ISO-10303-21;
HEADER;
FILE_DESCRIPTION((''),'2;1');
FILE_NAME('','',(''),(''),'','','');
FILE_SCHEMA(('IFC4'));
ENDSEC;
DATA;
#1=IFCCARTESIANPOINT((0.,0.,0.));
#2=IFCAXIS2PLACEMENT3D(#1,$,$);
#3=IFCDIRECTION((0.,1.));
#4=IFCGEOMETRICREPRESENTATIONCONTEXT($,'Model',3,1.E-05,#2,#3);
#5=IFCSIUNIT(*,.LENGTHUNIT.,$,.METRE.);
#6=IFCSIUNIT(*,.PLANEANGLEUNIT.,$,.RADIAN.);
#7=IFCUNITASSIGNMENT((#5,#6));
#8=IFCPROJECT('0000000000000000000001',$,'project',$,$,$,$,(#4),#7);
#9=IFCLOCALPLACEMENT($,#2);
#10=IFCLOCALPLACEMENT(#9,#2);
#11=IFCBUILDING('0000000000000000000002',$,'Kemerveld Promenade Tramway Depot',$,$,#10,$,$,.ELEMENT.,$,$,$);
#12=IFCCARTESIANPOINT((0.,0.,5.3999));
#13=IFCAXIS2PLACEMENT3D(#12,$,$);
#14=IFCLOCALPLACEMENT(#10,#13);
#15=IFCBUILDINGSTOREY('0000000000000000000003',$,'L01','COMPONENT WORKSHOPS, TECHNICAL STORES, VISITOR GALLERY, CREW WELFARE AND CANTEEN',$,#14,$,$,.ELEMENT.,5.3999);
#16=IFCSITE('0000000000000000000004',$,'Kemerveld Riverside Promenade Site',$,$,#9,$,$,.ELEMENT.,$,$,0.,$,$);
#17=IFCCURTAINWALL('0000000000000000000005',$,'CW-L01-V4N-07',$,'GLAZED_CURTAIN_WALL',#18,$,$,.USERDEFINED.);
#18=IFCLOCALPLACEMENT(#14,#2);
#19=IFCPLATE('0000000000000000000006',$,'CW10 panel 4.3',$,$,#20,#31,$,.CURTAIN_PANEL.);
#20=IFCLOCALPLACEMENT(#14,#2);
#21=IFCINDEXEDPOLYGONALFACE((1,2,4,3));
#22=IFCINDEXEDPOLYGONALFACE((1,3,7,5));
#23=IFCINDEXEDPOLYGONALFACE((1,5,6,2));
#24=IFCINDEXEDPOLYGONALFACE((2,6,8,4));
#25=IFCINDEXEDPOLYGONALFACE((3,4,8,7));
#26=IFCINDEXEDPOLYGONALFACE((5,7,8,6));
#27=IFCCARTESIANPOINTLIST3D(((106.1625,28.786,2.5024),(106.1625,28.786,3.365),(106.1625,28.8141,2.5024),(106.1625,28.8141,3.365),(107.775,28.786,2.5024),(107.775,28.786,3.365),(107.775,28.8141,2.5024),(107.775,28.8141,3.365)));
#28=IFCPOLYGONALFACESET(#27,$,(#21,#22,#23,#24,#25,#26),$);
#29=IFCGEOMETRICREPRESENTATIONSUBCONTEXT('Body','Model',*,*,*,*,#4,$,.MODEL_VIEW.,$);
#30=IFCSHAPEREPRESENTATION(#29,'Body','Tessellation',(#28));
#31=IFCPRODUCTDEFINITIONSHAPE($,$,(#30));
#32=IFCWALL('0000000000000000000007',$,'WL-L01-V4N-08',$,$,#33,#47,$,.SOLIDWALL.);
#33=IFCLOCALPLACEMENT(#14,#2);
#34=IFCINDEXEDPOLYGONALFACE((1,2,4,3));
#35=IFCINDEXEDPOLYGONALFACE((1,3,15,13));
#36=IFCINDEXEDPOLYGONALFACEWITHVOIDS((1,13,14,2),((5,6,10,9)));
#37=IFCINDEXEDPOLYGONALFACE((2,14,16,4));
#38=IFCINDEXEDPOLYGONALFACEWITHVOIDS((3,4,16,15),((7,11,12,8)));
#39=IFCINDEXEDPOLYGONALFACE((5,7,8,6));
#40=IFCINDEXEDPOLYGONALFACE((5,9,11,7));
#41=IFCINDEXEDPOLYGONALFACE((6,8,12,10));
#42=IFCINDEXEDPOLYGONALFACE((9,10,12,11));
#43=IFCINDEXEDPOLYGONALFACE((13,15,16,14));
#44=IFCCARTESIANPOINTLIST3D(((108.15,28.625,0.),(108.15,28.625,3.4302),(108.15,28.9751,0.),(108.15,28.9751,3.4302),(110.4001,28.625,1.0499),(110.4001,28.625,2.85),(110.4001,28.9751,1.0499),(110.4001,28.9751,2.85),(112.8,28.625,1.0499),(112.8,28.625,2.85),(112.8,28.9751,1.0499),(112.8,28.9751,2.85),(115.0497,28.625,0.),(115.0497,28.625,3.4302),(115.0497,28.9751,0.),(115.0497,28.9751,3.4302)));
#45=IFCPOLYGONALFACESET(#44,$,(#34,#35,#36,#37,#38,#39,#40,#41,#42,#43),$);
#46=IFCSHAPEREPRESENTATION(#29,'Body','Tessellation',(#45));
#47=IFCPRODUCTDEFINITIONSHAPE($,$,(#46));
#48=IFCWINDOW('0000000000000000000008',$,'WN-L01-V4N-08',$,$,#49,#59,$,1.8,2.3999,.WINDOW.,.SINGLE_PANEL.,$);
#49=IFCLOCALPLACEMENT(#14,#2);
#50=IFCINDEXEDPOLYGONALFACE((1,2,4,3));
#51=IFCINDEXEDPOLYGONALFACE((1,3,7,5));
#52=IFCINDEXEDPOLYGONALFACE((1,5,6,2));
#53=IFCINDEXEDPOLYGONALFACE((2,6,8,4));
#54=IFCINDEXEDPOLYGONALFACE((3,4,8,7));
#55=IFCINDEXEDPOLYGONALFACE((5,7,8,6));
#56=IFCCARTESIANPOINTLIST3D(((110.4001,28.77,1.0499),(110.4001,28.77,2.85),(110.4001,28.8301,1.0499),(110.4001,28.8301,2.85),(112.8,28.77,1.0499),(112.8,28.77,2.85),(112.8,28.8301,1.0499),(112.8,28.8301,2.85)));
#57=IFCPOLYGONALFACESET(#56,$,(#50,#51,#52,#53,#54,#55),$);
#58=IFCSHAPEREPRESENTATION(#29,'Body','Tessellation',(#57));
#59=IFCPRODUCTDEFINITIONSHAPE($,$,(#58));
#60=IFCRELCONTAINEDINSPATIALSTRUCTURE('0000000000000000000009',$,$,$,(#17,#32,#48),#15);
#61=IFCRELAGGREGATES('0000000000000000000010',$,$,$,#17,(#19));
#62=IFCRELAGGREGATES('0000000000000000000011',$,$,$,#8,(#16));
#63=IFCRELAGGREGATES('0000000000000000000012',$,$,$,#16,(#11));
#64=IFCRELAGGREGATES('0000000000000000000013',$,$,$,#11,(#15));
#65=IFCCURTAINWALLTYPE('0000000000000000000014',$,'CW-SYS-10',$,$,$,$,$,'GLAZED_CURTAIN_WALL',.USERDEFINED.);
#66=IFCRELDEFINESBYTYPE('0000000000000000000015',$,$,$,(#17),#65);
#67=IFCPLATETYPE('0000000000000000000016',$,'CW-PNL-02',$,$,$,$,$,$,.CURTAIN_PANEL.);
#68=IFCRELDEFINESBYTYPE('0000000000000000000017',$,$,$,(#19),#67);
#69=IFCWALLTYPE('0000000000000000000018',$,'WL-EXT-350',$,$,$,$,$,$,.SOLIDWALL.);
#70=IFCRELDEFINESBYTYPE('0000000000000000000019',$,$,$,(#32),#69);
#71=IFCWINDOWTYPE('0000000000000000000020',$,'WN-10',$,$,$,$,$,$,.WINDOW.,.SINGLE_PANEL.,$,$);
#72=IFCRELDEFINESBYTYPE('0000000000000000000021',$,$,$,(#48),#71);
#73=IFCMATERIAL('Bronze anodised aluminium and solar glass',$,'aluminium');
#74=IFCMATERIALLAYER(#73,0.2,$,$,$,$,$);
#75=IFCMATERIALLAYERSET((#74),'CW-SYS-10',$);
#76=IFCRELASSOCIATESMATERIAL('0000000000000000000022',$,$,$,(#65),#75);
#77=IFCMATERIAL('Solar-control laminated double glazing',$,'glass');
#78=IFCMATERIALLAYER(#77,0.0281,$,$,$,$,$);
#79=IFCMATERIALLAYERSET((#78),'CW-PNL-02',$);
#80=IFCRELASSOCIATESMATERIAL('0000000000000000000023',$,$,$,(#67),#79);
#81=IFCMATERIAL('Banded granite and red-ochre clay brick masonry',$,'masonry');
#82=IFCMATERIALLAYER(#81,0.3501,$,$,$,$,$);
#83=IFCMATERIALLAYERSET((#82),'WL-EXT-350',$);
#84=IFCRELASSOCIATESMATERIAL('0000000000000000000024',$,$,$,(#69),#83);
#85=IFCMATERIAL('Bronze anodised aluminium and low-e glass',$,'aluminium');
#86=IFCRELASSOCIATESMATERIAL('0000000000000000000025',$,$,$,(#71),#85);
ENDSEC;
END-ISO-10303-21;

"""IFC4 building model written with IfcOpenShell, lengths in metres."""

from ifc_helpers import new_model, si_unit, direction, frame, frame_2d, origin, origin_2d, place, context, subcontext, project, spatial, rectangle, extrude, material, layer, layer_set, type_object, element, fill, aggregate, save


model = new_model("IFC4")

# Units and contexts
model_context = context("Model", 3, precision=1e-05, world=origin(), true_north=direction((0.0, 1.0)))
body_context = subcontext(model_context, "Body", "Model", "MODEL_VIEW")
ifc_project = project(units=[si_unit("LENGTHUNIT", "METRE"), si_unit("PLANEANGLEUNIT", "RADIAN")], contexts=[model_context])

# Site, building, storey
site_placement = place(None, origin())
site = spatial("IfcSite", under=ifc_project, at=site_placement, Name="Kemerveld Riverside Promenade Site", CompositionType="ELEMENT", RefElevation=0.0)
building_placement = place(site_placement, origin())
building = spatial("IfcBuilding", under=site, at=building_placement, Name="Kemerveld Promenade Tramway Depot", CompositionType="ELEMENT")
storey_placement = place(building_placement, frame((0.0, 0.0, 5.3999)))
storey = spatial("IfcBuildingStorey", under=building, at=storey_placement, Name="L01", Description="COMPONENT WORKSHOPS, TECHNICAL STORES, VISITOR GALLERY, CREW WELFARE AND CANTEEN", CompositionType="ELEMENT", Elevation=5.3999)

# Curtain wall, plate
ifc_material_1 = material(Name="Bronze anodised aluminium and solar glass", Category="aluminium")
ifc_layer_1 = layer(ifc_material_1, 0.2)
ifc_layer_set_1 = layer_set([ifc_layer_1], Name="CW-SYS-10")
curtain_wall_type = type_object("IfcCurtainWallType", Name="CW-SYS-10", ElementType="GLAZED_CURTAIN_WALL", PredefinedType="USERDEFINED", material=ifc_layer_set_1)
curtain_wall_placement = place(storey_placement, origin())
curtain_wall = element("IfcCurtainWall", 1, at=curtain_wall_placement, inside=storey, type_object=curtain_wall_type, Name="CW-L01-V4N-07", ObjectType="GLAZED_CURTAIN_WALL", PredefinedType="USERDEFINED")
ifc_material_2 = material(Name="Solar-control laminated double glazing", Category="glass")
ifc_layer_2 = layer(ifc_material_2, 0.0281)
ifc_layer_set_2 = layer_set([ifc_layer_2], Name="CW-PNL-02")
plate_type = type_object("IfcPlateType", Name="CW-PNL-02", PredefinedType="CURTAIN_PANEL", material=ifc_layer_set_2)
plate_1_placement = place(storey_placement, frame((106.9688, 28.8, 2.5024), z_axis=(0.0, 0.0, 1.0), x_axis=(1.0, 0.0, 0.0)))
plate_1 = element("IfcPlate", 2, at=plate_1_placement, type_object=plate_type, Name="CW10 panel 4.3", PredefinedType="CURTAIN_PANEL", context=body_context, shape_type="SweptSolid", body=[
    extrude(rectangle(XDim=1.6125, YDim=0.0281, at=origin_2d()), origin(), (0.0, 0.0, 1.0), 0.8625),
])
aggregate(curtain_wall, [plate_1])

# Wall, opening, window
ifc_material_3 = material(Name="Banded granite and red-ochre clay brick masonry", Category="masonry")
ifc_layer_3 = layer(ifc_material_3, 0.3501)
ifc_layer_set_3 = layer_set([ifc_layer_3], Name="WL-EXT-350")
wall_type = type_object("IfcWallType", Name="WL-EXT-350", PredefinedType="SOLIDWALL", material=ifc_layer_set_3)
wall_placement = place(storey_placement, frame((108.1501, 28.8, 0.0), z_axis=(0.0, 0.0, 1.0), x_axis=(1.0, 0.0, 0.0)))
wall = element("IfcWall", 3, at=wall_placement, inside=storey, type_object=wall_type, Name="WL-L01-V4N-08", PredefinedType="SOLIDWALL", context=body_context, shape_type="SweptSolid", body=[
    extrude(rectangle(XDim=6.8997, YDim=0.3501, at=frame_2d((3.4497, 0.0))), origin(), (0.0, 0.0, 1.0), 3.4302),
])
opening_placement = place(wall_placement, frame((2.25, 0.0, 1.05)))
opening = element("IfcOpeningElement", 4, at=opening_placement, cuts=wall, PredefinedType="OPENING", context=body_context, shape_type="SweptSolid", body=[
    extrude(rectangle(XDim=2.3999, YDim=1.8, at=frame_2d((1.2, 0.8999))), frame((0.0, 0.1851, 0.0), z_axis=(0.0, -1.0, 0.0), x_axis=(1.0, 0.0, 0.0)), (0.0, 0.0, 1.0), 0.3701),
])
ifc_material_4 = material(Name="Bronze anodised aluminium and low-e glass", Category="aluminium")
window_type = type_object("IfcWindowType", Name="WN-10", PartitioningType="SINGLE_PANEL", PredefinedType="WINDOW", material=ifc_material_4)
window_placement = place(opening_placement, origin())
window = element("IfcWindow", 5, at=window_placement, inside=storey, type_object=window_type, Name="WN-L01-V4N-08", OverallHeight=1.8, OverallWidth=2.3999, PartitioningType="SINGLE_PANEL", PredefinedType="WINDOW", context=body_context, shape_type="SweptSolid", body=[
    extrude(rectangle(XDim=2.3999, YDim=1.8, at=frame_2d((1.2, 0.8999))), frame((0.0, 0.03, 0.0), z_axis=(0.0, -1.0, 0.0), x_axis=(1.0, 0.0, 0.0)), (0.0, 0.0, 1.0), 0.0601),
])
fill(opening, window)

save(model, "model.ifc")
